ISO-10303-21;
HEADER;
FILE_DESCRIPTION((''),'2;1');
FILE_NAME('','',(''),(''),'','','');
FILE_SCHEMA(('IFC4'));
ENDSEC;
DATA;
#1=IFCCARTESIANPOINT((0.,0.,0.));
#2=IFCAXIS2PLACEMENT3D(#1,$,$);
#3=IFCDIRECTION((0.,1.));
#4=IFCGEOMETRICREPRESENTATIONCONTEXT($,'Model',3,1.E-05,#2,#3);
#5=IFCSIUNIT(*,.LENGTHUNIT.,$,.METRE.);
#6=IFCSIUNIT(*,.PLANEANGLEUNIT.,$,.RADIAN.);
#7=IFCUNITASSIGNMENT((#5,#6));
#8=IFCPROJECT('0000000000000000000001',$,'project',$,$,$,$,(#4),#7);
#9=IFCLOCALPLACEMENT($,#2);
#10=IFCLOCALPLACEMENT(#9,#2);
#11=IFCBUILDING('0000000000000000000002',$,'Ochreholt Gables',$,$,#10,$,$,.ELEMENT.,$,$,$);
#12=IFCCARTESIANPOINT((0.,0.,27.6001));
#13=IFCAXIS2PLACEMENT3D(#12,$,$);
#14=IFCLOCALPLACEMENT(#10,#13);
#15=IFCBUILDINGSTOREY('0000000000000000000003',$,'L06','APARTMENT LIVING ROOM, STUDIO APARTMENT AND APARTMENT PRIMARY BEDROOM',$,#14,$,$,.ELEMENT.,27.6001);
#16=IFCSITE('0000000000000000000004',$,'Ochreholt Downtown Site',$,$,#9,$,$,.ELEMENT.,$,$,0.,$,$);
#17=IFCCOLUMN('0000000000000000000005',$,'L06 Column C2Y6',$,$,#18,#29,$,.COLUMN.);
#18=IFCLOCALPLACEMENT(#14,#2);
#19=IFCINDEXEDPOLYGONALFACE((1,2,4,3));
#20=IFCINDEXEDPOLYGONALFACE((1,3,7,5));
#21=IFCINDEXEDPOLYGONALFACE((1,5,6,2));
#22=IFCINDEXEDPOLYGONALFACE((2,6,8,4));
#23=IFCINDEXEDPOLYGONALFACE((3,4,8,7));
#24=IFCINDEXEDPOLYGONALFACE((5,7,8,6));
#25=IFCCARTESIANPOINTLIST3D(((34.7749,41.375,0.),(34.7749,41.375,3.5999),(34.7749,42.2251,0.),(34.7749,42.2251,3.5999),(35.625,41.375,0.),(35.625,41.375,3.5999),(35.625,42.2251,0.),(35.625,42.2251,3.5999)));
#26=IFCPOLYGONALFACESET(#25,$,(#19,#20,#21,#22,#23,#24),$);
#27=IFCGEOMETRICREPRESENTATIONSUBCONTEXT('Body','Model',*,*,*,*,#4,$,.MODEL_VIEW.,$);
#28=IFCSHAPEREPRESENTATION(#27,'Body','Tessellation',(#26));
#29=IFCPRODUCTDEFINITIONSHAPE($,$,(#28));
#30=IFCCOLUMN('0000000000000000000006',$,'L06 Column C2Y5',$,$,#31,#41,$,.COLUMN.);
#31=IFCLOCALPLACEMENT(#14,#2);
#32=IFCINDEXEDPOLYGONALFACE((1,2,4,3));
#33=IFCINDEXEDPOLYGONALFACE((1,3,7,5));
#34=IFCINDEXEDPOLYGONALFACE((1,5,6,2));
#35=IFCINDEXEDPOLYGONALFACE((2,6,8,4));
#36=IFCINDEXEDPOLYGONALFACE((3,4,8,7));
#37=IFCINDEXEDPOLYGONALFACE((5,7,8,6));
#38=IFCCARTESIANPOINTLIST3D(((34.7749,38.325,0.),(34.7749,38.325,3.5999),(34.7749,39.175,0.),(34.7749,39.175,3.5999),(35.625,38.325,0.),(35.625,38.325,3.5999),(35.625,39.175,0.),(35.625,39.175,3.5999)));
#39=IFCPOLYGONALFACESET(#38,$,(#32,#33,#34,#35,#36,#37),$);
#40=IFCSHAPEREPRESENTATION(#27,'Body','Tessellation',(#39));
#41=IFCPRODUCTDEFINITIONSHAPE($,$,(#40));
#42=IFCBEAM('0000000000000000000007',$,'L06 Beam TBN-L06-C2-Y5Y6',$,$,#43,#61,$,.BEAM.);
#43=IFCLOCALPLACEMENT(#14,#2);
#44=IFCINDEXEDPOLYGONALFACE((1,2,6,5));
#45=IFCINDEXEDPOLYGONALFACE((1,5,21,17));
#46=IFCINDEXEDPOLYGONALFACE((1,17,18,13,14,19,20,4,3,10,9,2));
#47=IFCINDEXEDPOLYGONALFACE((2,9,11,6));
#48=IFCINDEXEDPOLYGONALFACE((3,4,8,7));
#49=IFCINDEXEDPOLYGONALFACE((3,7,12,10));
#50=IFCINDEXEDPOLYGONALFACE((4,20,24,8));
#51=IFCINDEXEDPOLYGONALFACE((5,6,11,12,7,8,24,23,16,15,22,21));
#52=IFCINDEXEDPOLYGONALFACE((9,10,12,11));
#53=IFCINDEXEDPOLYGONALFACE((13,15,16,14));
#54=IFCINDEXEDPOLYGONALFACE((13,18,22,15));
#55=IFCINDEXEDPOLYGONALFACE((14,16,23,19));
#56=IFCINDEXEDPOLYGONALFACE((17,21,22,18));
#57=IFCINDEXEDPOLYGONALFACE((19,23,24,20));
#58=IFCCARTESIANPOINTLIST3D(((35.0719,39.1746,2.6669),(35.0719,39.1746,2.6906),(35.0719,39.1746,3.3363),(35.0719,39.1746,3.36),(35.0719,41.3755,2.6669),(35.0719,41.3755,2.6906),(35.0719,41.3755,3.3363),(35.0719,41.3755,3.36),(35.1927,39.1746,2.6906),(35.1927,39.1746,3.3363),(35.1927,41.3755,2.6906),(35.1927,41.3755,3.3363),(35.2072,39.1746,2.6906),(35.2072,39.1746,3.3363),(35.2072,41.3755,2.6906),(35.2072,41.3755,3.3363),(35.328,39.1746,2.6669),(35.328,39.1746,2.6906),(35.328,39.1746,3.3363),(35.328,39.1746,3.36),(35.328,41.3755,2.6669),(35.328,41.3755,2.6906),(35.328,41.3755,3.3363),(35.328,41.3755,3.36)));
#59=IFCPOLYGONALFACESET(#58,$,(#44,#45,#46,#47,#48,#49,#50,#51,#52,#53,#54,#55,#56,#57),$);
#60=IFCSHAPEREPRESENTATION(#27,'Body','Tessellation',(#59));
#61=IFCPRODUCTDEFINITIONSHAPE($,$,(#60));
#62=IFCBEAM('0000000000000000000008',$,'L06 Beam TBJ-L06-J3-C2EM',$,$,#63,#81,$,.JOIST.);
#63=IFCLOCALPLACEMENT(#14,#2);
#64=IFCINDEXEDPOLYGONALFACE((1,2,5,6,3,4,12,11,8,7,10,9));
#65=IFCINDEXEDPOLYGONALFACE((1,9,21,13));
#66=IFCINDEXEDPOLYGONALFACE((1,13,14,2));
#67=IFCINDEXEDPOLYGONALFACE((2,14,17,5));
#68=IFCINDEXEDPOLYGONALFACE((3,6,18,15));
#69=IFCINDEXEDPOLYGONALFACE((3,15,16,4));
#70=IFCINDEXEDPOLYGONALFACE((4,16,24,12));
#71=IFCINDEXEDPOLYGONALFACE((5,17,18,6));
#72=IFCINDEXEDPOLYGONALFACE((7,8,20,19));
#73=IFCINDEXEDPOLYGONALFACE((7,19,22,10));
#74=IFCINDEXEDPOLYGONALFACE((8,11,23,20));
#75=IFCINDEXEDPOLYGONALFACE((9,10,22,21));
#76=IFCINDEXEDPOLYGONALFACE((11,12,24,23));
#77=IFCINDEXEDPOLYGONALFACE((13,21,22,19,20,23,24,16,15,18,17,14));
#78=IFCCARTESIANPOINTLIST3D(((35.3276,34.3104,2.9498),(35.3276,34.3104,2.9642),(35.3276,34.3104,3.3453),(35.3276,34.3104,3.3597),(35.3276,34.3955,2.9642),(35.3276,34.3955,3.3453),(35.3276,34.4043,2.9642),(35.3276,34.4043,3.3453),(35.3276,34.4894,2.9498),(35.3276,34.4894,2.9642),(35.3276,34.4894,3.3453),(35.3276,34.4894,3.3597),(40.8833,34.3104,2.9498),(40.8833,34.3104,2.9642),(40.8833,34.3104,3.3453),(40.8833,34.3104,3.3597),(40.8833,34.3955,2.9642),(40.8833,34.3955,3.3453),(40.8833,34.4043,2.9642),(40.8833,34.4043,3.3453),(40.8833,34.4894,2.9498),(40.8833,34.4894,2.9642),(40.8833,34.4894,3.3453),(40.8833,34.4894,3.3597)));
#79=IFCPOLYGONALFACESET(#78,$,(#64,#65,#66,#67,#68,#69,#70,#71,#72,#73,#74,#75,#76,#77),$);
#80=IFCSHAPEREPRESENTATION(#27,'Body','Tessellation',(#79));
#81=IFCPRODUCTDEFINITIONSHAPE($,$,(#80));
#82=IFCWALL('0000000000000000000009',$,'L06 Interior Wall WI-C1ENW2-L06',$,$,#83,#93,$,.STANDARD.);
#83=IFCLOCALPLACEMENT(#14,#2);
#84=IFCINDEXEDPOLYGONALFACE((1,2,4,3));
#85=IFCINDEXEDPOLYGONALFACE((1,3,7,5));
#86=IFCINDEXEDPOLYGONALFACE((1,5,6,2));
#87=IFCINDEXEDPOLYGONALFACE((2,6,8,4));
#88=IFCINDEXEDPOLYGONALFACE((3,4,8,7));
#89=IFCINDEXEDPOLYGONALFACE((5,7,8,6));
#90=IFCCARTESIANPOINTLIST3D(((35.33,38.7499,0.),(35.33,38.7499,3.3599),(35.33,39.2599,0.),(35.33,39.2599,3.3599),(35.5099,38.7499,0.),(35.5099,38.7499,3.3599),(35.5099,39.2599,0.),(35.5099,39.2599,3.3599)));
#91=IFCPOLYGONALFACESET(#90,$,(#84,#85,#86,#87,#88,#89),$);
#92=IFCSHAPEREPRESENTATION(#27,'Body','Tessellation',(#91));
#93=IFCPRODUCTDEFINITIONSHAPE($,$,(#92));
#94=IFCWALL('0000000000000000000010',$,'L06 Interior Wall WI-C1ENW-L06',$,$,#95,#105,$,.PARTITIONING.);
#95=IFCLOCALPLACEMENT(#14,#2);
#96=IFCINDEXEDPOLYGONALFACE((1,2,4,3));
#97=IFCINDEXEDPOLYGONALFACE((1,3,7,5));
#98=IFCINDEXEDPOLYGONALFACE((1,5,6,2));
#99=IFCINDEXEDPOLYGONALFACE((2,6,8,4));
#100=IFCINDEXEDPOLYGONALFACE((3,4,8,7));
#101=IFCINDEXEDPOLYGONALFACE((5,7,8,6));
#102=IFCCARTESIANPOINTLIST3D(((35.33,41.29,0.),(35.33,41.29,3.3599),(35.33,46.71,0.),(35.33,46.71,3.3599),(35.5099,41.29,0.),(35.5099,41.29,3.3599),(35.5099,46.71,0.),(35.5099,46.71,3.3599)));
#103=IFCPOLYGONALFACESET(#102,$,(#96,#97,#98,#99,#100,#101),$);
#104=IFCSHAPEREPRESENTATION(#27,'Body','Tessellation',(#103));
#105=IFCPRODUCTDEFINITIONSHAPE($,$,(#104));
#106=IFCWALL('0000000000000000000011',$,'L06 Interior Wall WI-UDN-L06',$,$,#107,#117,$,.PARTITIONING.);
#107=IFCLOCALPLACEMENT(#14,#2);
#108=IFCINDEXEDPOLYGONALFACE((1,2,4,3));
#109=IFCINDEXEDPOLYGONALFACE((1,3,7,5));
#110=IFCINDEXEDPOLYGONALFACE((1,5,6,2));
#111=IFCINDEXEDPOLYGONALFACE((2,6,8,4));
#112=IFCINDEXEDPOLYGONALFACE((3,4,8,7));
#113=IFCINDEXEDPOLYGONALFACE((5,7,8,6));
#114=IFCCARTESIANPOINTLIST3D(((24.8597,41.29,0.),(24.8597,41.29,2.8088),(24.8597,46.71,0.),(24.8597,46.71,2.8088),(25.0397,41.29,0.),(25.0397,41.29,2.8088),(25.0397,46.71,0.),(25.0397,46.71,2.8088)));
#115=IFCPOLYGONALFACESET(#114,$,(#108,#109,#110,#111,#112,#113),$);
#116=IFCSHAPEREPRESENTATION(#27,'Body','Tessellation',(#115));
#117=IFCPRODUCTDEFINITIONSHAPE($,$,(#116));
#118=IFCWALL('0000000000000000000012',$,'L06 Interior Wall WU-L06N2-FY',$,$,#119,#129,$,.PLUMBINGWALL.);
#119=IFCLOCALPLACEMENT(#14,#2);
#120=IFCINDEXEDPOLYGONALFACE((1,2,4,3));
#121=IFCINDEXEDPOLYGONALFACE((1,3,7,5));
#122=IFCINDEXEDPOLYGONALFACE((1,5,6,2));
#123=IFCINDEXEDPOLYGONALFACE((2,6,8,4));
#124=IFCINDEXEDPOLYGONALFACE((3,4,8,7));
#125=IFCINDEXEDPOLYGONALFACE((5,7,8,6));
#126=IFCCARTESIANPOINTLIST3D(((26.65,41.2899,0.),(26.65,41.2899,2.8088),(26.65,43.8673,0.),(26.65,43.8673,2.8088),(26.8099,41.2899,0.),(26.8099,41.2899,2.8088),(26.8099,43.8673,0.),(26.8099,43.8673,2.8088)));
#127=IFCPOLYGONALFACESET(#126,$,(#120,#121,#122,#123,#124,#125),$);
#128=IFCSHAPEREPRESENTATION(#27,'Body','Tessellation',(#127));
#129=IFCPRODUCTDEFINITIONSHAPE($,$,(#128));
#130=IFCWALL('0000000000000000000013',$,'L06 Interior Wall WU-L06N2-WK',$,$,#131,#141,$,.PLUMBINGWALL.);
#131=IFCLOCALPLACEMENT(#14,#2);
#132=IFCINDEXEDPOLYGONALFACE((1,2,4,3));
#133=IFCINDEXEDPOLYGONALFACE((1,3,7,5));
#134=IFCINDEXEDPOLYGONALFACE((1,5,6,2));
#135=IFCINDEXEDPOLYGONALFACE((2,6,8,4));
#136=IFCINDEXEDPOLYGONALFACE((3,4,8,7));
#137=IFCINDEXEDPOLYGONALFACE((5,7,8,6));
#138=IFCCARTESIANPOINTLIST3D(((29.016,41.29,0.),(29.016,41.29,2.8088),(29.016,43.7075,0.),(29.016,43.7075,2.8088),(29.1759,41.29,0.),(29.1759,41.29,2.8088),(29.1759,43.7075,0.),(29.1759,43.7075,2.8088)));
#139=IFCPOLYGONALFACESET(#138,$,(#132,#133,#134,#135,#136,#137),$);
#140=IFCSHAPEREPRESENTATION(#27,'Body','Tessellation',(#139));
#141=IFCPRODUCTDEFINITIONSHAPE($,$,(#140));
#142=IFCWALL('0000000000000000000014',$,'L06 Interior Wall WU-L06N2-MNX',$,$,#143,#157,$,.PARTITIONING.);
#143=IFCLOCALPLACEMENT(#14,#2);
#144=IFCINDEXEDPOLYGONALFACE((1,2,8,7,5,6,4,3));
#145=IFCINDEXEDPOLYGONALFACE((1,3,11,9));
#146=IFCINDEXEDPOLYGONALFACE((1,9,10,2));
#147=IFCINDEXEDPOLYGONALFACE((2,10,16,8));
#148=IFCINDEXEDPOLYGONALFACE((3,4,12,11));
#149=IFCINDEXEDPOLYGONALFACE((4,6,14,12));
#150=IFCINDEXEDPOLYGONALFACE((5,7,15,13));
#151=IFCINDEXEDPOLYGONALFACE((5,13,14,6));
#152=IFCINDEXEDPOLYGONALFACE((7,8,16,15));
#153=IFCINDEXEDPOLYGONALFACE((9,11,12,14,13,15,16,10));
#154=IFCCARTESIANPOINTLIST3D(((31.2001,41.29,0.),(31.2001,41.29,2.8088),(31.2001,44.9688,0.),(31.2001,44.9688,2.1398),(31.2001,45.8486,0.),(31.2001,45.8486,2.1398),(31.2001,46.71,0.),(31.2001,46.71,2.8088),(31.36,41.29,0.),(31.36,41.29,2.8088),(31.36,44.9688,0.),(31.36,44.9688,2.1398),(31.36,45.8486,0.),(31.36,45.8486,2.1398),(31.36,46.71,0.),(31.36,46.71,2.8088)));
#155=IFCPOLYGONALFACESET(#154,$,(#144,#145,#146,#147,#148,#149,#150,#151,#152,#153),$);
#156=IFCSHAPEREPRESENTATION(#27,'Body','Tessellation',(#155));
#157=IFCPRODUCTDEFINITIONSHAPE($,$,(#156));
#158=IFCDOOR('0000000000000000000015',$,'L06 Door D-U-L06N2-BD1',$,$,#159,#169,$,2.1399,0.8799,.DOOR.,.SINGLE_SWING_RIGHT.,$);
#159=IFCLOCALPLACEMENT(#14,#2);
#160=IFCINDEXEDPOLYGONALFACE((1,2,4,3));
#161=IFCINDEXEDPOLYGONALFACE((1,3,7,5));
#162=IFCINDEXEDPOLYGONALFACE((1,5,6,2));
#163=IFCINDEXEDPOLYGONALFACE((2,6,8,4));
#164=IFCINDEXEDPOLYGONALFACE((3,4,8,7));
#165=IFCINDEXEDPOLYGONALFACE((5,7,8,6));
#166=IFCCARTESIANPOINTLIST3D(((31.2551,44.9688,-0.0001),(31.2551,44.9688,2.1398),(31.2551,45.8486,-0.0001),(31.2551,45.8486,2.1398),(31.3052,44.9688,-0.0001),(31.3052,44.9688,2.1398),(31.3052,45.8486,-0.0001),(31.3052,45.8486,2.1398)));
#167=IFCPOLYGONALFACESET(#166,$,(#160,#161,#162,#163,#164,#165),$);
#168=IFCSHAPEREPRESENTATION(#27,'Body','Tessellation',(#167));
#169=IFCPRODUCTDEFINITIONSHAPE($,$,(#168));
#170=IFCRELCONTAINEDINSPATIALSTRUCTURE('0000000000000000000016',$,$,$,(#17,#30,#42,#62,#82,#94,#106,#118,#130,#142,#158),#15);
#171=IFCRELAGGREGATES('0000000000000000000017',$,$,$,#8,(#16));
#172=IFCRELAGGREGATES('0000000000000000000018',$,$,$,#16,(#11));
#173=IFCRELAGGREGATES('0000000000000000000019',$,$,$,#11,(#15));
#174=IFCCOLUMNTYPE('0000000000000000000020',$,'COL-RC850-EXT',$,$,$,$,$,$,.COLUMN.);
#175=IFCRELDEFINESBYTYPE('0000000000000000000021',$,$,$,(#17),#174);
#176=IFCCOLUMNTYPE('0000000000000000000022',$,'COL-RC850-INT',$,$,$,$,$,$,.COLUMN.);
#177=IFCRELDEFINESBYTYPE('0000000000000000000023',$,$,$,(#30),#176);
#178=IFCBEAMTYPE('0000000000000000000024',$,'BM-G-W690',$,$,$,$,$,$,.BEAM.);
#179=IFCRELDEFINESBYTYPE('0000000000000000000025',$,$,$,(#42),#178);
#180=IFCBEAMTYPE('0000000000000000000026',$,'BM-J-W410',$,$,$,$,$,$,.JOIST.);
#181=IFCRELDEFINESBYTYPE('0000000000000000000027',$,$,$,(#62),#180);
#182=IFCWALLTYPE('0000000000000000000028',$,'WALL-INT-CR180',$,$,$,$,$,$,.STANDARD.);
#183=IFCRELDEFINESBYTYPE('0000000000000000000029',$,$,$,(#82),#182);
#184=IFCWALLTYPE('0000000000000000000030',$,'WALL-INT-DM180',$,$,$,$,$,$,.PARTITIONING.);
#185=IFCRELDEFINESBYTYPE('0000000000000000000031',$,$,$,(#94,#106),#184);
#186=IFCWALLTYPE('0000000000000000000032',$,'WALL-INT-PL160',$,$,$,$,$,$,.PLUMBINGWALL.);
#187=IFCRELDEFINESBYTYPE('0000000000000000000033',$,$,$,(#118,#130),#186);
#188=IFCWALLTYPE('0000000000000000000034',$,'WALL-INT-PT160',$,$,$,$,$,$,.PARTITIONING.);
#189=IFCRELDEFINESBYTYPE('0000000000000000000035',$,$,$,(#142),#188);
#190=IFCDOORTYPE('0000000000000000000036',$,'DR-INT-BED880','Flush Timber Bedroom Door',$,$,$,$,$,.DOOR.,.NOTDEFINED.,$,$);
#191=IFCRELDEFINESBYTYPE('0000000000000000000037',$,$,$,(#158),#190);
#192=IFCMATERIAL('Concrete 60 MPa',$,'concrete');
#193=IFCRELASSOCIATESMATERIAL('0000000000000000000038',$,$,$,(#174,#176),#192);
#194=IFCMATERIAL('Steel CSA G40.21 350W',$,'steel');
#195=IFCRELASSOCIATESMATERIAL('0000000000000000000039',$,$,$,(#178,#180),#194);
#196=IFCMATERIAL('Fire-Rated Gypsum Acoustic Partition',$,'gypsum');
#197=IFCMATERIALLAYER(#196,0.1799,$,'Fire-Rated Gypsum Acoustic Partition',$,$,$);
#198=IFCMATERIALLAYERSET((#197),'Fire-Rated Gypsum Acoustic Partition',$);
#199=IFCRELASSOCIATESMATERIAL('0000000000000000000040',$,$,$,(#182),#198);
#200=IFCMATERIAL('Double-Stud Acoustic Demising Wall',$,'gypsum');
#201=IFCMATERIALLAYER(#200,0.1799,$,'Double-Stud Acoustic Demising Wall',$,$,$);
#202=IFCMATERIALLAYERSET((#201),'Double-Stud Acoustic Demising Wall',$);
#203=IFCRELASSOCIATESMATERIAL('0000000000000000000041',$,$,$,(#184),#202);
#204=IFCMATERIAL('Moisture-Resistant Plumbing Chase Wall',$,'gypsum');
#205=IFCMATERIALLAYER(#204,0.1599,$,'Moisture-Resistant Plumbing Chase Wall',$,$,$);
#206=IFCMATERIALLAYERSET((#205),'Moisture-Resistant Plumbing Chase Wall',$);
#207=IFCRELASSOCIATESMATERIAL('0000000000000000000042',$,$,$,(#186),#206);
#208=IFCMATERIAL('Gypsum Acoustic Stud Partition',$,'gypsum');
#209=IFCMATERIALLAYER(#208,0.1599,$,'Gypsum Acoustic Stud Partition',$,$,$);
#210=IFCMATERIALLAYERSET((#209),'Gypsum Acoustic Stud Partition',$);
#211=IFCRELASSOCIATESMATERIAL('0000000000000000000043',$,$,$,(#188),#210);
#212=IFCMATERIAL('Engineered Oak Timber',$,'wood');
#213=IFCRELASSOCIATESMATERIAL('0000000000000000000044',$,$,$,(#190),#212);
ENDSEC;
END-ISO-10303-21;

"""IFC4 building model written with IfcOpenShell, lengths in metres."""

from ifc_helpers import new_model, si_unit, direction, frame, frame_2d, origin, origin_2d, place, context, subcontext, project, spatial, rectangle, i_section, extrude, material, layer, layer_set, material_profile, profile_set, type_object, element, fill, save


model = new_model("IFC4")

# Units and contexts
model_context = context("Model", 3, precision=1e-05, world=origin(), true_north=direction((0.0, 1.0)))
body_context = subcontext(model_context, "Body", "Model", "MODEL_VIEW")
ifc_project = project(units=[si_unit("LENGTHUNIT", "METRE"), si_unit("PLANEANGLEUNIT", "RADIAN")], contexts=[model_context])

# Site, building, storey
site_placement = place(None, origin())
site = spatial("IfcSite", under=ifc_project, at=site_placement, Name="Ochreholt Downtown Site", CompositionType="ELEMENT", RefElevation=0.0)
building_placement = place(site_placement, origin())
building = spatial("IfcBuilding", under=site, at=building_placement, Name="Ochreholt Gables", CompositionType="ELEMENT")
storey_placement = place(building_placement, frame((0.0, 0.0, 27.6001)))
storey = spatial("IfcBuildingStorey", under=building, at=storey_placement, Name="L06", Description="APARTMENT LIVING ROOM, STUDIO APARTMENT AND APARTMENT PRIMARY BEDROOM", CompositionType="ELEMENT", Elevation=27.6001)

# Columns
ifc_material_1 = material(Name="Concrete 60 MPa", Category="concrete")
ifc_material_profile_1 = material_profile(ifc_material_1, rectangle(XDim=0.8501, YDim=0.8501, at=origin_2d()), Name="RC850X850")
ifc_profile_set_1 = profile_set([ifc_material_profile_1], Name="Concrete 60 MPa")
column_type_1 = type_object("IfcColumnType", Name="COL-RC850-EXT", PredefinedType="COLUMN", material=ifc_profile_set_1)
column_1_placement = place(storey_placement, frame((35.2, 41.8, 0.0), z_axis=(0.0, 0.0, 1.0), x_axis=(1.0, 0.0, 0.0)))
element("IfcColumn", 1, at=column_1_placement, inside=storey, type_object=column_type_1, Name="L06 Column C2Y6", PredefinedType="COLUMN", context=body_context, shape_type="SweptSolid", body=[
    extrude(rectangle(XDim=0.8501, YDim=0.8501, at=origin_2d()), origin(), (0.0, 0.0, 1.0), 3.5999),
])
ifc_material_profile_2 = material_profile(ifc_material_1, rectangle(XDim=0.8501, YDim=0.8501, at=origin_2d()), Name="RC850X850")
ifc_profile_set_2 = profile_set([ifc_material_profile_2], Name="Concrete 60 MPa")
column_type_2 = type_object("IfcColumnType", Name="COL-RC850-INT", PredefinedType="COLUMN", material=ifc_profile_set_2)
column_2_placement = place(storey_placement, frame((35.2, 38.75, 0.0), z_axis=(0.0, 0.0, 1.0), x_axis=(1.0, 0.0, 0.0)))
element("IfcColumn", 2, at=column_2_placement, inside=storey, type_object=column_type_2, Name="L06 Column C2Y5", PredefinedType="COLUMN", context=body_context, shape_type="SweptSolid", body=[
    extrude(rectangle(XDim=0.8501, YDim=0.8501, at=origin_2d()), origin(), (0.0, 0.0, 1.0), 3.5999),
])

# Beams
ifc_material_2 = material(Name="Steel CSA G40.21 350W", Category="steel")
ifc_material_profile_3 = material_profile(ifc_material_2, i_section(OverallWidth=0.2561, OverallDepth=0.6931, WebThickness=0.0144, FlangeThickness=0.0237, at=origin_2d()), Name="W690X170")
ifc_profile_set_3 = profile_set([ifc_material_profile_3], Name="Steel CSA G40.21 350W")
beam_type_1 = type_object("IfcBeamType", Name="BM-G-W690", PredefinedType="BEAM", material=ifc_profile_set_3)
beam_1_placement = place(storey_placement, frame((35.2, 39.1746, 3.0134), z_axis=(0.0, 1.0, 0.0), x_axis=(-1.0, 0.0, 0.0)))
element("IfcBeam", 3, at=beam_1_placement, inside=storey, type_object=beam_type_1, Name="L06 Beam TBN-L06-C2-Y5Y6", PredefinedType="BEAM", context=body_context, shape_type="SweptSolid", body=[
    extrude(i_section(OverallWidth=0.2561, OverallDepth=0.6931, WebThickness=0.0144, FlangeThickness=0.0237, at=origin_2d()), origin(), (0.0, 0.0, 1.0), 2.2009),
])
ifc_material_profile_4 = material_profile(ifc_material_2, i_section(OverallWidth=0.179, OverallDepth=0.4099, WebThickness=0.0088, FlangeThickness=0.0144, at=origin_2d()), Name="W410X67")
ifc_profile_set_4 = profile_set([ifc_material_profile_4], Name="Steel CSA G40.21 350W")
beam_type_2 = type_object("IfcBeamType", Name="BM-J-W410", PredefinedType="JOIST", material=ifc_profile_set_4)
beam_2_placement = place(storey_placement, frame((35.3276, 34.3999, 3.1548), z_axis=(1.0, 0.0, 0.0), x_axis=(0.0, 1.0, 0.0)))
element("IfcBeam", 4, at=beam_2_placement, inside=storey, type_object=beam_type_2, Name="L06 Beam TBJ-L06-J3-C2EM", PredefinedType="JOIST", context=body_context, shape_type="SweptSolid", body=[
    extrude(i_section(OverallWidth=0.179, OverallDepth=0.4099, WebThickness=0.0088, FlangeThickness=0.0144, at=origin_2d()), origin(), (0.0, 0.0, 1.0), 5.5557),
])

# Walls
ifc_material_3 = material(Name="Fire-Rated Gypsum Acoustic Partition", Category="gypsum")
ifc_layer_1 = layer(ifc_material_3, 0.1799, Name="Fire-Rated Gypsum Acoustic Partition")
ifc_layer_set_1 = layer_set([ifc_layer_1], Name="Fire-Rated Gypsum Acoustic Partition")
wall_type_1 = type_object("IfcWallType", Name="WALL-INT-CR180", PredefinedType="STANDARD", material=ifc_layer_set_1)
wall_1_placement = place(storey_placement, frame((35.4199, 38.75, 0.0), z_axis=(0.0, 0.0, 1.0), x_axis=(0.0, 1.0, 0.0)))
element("IfcWall", 5, at=wall_1_placement, inside=storey, type_object=wall_type_1, Name="L06 Interior Wall WI-C1ENW2-L06", PredefinedType="STANDARD", context=body_context, shape_type="SweptSolid", body=[
    extrude(rectangle(XDim=0.51, YDim=0.1799, at=frame_2d((0.2549, 0.0))), origin(), (0.0, 0.0, 1.0), 3.3599),
])
ifc_material_4 = material(Name="Double-Stud Acoustic Demising Wall", Category="gypsum")
ifc_layer_2 = layer(ifc_material_4, 0.1799, Name="Double-Stud Acoustic Demising Wall")
ifc_layer_set_2 = layer_set([ifc_layer_2], Name="Double-Stud Acoustic Demising Wall")
wall_type_2 = type_object("IfcWallType", Name="WALL-INT-DM180", PredefinedType="PARTITIONING", material=ifc_layer_set_2)
wall_2_placement = place(storey_placement, frame((35.4199, 41.29, 0.0), z_axis=(0.0, 0.0, 1.0), x_axis=(0.0, 1.0, 0.0)))
element("IfcWall", 6, at=wall_2_placement, inside=storey, type_object=wall_type_2, Name="L06 Interior Wall WI-C1ENW-L06", PredefinedType="PARTITIONING", context=body_context, shape_type="SweptSolid", body=[
    extrude(rectangle(XDim=5.4199, YDim=0.1799, at=frame_2d((2.71, 0.0))), origin(), (0.0, 0.0, 1.0), 3.3599),
])
wall_3_placement = place(storey_placement, frame((24.9497, 41.29, 0.0), z_axis=(0.0, 0.0, 1.0), x_axis=(0.0, 1.0, 0.0)))
element("IfcWall", 7, at=wall_3_placement, inside=storey, type_object=wall_type_2, Name="L06 Interior Wall WI-UDN-L06", PredefinedType="PARTITIONING", context=body_context, shape_type="SweptSolid", body=[
    extrude(rectangle(XDim=5.4199, YDim=0.1799, at=frame_2d((2.71, 0.0))), origin(), (0.0, 0.0, 1.0), 2.8088),
])

# Shared definitions
ifc_material_5 = material(Name="Moisture-Resistant Plumbing Chase Wall", Category="gypsum")
ifc_layer_3 = layer(ifc_material_5, 0.1599, Name="Moisture-Resistant Plumbing Chase Wall")
ifc_layer_set_3 = layer_set([ifc_layer_3], Name="Moisture-Resistant Plumbing Chase Wall")
wall_type_3 = type_object("IfcWallType", Name="WALL-INT-PL160", PredefinedType="PLUMBINGWALL", material=ifc_layer_set_3)
ifc_material_6 = material(Name="Engineered Oak Timber", Category="wood")

# Walls
wall_4_placement = place(storey_placement, frame((26.73, 41.29, 0.0), z_axis=(0.0, 0.0, 1.0), x_axis=(0.0, 1.0, 0.0)))
element("IfcWall", 8, at=wall_4_placement, inside=storey, type_object=wall_type_3, Name="L06 Interior Wall WU-L06N2-FY", PredefinedType="PLUMBINGWALL", context=body_context, shape_type="SweptSolid", body=[
    extrude(rectangle(XDim=2.5774, YDim=0.1599, at=frame_2d((1.2886, 0.0))), origin(), (0.0, 0.0, 1.0), 2.8088),
])
wall_5_placement = place(storey_placement, frame((29.0959, 41.29, 0.0), z_axis=(0.0, 0.0, 1.0), x_axis=(0.0, 1.0, 0.0)))
element("IfcWall", 9, at=wall_5_placement, inside=storey, type_object=wall_type_3, Name="L06 Interior Wall WU-L06N2-WK", PredefinedType="PLUMBINGWALL", context=body_context, shape_type="SweptSolid", body=[
    extrude(rectangle(XDim=2.4175, YDim=0.1599, at=frame_2d((1.2087, 0.0))), origin(), (0.0, 0.0, 1.0), 2.8088),
])

# Wall, opening, door
ifc_material_7 = material(Name="Gypsum Acoustic Stud Partition", Category="gypsum")
ifc_layer_4 = layer(ifc_material_7, 0.1599, Name="Gypsum Acoustic Stud Partition")
ifc_layer_set_4 = layer_set([ifc_layer_4], Name="Gypsum Acoustic Stud Partition")
wall_type_4 = type_object("IfcWallType", Name="WALL-INT-PT160", PredefinedType="PARTITIONING", material=ifc_layer_set_4)
wall_6_placement = place(storey_placement, frame((31.28, 41.29, 0.0), z_axis=(0.0, 0.0, 1.0), x_axis=(0.0, 1.0, 0.0)))
wall_6 = element("IfcWall", 10, at=wall_6_placement, inside=storey, type_object=wall_type_4, Name="L06 Interior Wall WU-L06N2-MNX", PredefinedType="PARTITIONING", context=body_context, shape_type="SweptSolid", body=[
    extrude(rectangle(XDim=5.4199, YDim=0.1599, at=frame_2d((2.71, 0.0))), origin(), (0.0, 0.0, 1.0), 2.8088),
])
opening_1_placement = place(wall_6_placement, frame((3.6787, 0.0, 0.0)))
opening_1 = element("IfcOpeningElement", 11, at=opening_1_placement, cuts=wall_6, PredefinedType="OPENING", context=body_context, shape_type="SweptSolid", body=[
    extrude(rectangle(XDim=0.8799, YDim=2.1399, at=frame_2d((0.4399, 1.0698))), frame((0.0, 0.0898, 0.0), z_axis=(0.0, -1.0, 0.0), x_axis=(1.0, 0.0, 0.0)), (0.0, 0.0, 1.0), 0.1799),
])
door_type_1 = type_object("IfcDoorType", Name="DR-INT-BED880", Description="Flush Timber Bedroom Door", OperationType="NOTDEFINED", PredefinedType="DOOR", material=ifc_material_6)
door_1_placement = place(opening_1_placement, origin())
door_1 = element("IfcDoor", 12, at=door_1_placement, inside=storey, type_object=door_type_1, Name="L06 Door D-U-L06N2-BD1", OperationType="SINGLE_SWING_RIGHT", OverallHeight=2.1399, OverallWidth=0.8799, PredefinedType="DOOR", context=body_context, shape_type="SweptSolid", body=[
    extrude(rectangle(XDim=0.8799, YDim=2.1399, at=frame_2d((0.4399, 1.0698))), frame((0.0, 0.0249, 0.0), z_axis=(0.0, -1.0, 0.0), x_axis=(1.0, 0.0, 0.0)), (0.0, 0.0, 1.0), 0.05),
])
fill(opening_1, door_1)

save(model, "model.ifc")
